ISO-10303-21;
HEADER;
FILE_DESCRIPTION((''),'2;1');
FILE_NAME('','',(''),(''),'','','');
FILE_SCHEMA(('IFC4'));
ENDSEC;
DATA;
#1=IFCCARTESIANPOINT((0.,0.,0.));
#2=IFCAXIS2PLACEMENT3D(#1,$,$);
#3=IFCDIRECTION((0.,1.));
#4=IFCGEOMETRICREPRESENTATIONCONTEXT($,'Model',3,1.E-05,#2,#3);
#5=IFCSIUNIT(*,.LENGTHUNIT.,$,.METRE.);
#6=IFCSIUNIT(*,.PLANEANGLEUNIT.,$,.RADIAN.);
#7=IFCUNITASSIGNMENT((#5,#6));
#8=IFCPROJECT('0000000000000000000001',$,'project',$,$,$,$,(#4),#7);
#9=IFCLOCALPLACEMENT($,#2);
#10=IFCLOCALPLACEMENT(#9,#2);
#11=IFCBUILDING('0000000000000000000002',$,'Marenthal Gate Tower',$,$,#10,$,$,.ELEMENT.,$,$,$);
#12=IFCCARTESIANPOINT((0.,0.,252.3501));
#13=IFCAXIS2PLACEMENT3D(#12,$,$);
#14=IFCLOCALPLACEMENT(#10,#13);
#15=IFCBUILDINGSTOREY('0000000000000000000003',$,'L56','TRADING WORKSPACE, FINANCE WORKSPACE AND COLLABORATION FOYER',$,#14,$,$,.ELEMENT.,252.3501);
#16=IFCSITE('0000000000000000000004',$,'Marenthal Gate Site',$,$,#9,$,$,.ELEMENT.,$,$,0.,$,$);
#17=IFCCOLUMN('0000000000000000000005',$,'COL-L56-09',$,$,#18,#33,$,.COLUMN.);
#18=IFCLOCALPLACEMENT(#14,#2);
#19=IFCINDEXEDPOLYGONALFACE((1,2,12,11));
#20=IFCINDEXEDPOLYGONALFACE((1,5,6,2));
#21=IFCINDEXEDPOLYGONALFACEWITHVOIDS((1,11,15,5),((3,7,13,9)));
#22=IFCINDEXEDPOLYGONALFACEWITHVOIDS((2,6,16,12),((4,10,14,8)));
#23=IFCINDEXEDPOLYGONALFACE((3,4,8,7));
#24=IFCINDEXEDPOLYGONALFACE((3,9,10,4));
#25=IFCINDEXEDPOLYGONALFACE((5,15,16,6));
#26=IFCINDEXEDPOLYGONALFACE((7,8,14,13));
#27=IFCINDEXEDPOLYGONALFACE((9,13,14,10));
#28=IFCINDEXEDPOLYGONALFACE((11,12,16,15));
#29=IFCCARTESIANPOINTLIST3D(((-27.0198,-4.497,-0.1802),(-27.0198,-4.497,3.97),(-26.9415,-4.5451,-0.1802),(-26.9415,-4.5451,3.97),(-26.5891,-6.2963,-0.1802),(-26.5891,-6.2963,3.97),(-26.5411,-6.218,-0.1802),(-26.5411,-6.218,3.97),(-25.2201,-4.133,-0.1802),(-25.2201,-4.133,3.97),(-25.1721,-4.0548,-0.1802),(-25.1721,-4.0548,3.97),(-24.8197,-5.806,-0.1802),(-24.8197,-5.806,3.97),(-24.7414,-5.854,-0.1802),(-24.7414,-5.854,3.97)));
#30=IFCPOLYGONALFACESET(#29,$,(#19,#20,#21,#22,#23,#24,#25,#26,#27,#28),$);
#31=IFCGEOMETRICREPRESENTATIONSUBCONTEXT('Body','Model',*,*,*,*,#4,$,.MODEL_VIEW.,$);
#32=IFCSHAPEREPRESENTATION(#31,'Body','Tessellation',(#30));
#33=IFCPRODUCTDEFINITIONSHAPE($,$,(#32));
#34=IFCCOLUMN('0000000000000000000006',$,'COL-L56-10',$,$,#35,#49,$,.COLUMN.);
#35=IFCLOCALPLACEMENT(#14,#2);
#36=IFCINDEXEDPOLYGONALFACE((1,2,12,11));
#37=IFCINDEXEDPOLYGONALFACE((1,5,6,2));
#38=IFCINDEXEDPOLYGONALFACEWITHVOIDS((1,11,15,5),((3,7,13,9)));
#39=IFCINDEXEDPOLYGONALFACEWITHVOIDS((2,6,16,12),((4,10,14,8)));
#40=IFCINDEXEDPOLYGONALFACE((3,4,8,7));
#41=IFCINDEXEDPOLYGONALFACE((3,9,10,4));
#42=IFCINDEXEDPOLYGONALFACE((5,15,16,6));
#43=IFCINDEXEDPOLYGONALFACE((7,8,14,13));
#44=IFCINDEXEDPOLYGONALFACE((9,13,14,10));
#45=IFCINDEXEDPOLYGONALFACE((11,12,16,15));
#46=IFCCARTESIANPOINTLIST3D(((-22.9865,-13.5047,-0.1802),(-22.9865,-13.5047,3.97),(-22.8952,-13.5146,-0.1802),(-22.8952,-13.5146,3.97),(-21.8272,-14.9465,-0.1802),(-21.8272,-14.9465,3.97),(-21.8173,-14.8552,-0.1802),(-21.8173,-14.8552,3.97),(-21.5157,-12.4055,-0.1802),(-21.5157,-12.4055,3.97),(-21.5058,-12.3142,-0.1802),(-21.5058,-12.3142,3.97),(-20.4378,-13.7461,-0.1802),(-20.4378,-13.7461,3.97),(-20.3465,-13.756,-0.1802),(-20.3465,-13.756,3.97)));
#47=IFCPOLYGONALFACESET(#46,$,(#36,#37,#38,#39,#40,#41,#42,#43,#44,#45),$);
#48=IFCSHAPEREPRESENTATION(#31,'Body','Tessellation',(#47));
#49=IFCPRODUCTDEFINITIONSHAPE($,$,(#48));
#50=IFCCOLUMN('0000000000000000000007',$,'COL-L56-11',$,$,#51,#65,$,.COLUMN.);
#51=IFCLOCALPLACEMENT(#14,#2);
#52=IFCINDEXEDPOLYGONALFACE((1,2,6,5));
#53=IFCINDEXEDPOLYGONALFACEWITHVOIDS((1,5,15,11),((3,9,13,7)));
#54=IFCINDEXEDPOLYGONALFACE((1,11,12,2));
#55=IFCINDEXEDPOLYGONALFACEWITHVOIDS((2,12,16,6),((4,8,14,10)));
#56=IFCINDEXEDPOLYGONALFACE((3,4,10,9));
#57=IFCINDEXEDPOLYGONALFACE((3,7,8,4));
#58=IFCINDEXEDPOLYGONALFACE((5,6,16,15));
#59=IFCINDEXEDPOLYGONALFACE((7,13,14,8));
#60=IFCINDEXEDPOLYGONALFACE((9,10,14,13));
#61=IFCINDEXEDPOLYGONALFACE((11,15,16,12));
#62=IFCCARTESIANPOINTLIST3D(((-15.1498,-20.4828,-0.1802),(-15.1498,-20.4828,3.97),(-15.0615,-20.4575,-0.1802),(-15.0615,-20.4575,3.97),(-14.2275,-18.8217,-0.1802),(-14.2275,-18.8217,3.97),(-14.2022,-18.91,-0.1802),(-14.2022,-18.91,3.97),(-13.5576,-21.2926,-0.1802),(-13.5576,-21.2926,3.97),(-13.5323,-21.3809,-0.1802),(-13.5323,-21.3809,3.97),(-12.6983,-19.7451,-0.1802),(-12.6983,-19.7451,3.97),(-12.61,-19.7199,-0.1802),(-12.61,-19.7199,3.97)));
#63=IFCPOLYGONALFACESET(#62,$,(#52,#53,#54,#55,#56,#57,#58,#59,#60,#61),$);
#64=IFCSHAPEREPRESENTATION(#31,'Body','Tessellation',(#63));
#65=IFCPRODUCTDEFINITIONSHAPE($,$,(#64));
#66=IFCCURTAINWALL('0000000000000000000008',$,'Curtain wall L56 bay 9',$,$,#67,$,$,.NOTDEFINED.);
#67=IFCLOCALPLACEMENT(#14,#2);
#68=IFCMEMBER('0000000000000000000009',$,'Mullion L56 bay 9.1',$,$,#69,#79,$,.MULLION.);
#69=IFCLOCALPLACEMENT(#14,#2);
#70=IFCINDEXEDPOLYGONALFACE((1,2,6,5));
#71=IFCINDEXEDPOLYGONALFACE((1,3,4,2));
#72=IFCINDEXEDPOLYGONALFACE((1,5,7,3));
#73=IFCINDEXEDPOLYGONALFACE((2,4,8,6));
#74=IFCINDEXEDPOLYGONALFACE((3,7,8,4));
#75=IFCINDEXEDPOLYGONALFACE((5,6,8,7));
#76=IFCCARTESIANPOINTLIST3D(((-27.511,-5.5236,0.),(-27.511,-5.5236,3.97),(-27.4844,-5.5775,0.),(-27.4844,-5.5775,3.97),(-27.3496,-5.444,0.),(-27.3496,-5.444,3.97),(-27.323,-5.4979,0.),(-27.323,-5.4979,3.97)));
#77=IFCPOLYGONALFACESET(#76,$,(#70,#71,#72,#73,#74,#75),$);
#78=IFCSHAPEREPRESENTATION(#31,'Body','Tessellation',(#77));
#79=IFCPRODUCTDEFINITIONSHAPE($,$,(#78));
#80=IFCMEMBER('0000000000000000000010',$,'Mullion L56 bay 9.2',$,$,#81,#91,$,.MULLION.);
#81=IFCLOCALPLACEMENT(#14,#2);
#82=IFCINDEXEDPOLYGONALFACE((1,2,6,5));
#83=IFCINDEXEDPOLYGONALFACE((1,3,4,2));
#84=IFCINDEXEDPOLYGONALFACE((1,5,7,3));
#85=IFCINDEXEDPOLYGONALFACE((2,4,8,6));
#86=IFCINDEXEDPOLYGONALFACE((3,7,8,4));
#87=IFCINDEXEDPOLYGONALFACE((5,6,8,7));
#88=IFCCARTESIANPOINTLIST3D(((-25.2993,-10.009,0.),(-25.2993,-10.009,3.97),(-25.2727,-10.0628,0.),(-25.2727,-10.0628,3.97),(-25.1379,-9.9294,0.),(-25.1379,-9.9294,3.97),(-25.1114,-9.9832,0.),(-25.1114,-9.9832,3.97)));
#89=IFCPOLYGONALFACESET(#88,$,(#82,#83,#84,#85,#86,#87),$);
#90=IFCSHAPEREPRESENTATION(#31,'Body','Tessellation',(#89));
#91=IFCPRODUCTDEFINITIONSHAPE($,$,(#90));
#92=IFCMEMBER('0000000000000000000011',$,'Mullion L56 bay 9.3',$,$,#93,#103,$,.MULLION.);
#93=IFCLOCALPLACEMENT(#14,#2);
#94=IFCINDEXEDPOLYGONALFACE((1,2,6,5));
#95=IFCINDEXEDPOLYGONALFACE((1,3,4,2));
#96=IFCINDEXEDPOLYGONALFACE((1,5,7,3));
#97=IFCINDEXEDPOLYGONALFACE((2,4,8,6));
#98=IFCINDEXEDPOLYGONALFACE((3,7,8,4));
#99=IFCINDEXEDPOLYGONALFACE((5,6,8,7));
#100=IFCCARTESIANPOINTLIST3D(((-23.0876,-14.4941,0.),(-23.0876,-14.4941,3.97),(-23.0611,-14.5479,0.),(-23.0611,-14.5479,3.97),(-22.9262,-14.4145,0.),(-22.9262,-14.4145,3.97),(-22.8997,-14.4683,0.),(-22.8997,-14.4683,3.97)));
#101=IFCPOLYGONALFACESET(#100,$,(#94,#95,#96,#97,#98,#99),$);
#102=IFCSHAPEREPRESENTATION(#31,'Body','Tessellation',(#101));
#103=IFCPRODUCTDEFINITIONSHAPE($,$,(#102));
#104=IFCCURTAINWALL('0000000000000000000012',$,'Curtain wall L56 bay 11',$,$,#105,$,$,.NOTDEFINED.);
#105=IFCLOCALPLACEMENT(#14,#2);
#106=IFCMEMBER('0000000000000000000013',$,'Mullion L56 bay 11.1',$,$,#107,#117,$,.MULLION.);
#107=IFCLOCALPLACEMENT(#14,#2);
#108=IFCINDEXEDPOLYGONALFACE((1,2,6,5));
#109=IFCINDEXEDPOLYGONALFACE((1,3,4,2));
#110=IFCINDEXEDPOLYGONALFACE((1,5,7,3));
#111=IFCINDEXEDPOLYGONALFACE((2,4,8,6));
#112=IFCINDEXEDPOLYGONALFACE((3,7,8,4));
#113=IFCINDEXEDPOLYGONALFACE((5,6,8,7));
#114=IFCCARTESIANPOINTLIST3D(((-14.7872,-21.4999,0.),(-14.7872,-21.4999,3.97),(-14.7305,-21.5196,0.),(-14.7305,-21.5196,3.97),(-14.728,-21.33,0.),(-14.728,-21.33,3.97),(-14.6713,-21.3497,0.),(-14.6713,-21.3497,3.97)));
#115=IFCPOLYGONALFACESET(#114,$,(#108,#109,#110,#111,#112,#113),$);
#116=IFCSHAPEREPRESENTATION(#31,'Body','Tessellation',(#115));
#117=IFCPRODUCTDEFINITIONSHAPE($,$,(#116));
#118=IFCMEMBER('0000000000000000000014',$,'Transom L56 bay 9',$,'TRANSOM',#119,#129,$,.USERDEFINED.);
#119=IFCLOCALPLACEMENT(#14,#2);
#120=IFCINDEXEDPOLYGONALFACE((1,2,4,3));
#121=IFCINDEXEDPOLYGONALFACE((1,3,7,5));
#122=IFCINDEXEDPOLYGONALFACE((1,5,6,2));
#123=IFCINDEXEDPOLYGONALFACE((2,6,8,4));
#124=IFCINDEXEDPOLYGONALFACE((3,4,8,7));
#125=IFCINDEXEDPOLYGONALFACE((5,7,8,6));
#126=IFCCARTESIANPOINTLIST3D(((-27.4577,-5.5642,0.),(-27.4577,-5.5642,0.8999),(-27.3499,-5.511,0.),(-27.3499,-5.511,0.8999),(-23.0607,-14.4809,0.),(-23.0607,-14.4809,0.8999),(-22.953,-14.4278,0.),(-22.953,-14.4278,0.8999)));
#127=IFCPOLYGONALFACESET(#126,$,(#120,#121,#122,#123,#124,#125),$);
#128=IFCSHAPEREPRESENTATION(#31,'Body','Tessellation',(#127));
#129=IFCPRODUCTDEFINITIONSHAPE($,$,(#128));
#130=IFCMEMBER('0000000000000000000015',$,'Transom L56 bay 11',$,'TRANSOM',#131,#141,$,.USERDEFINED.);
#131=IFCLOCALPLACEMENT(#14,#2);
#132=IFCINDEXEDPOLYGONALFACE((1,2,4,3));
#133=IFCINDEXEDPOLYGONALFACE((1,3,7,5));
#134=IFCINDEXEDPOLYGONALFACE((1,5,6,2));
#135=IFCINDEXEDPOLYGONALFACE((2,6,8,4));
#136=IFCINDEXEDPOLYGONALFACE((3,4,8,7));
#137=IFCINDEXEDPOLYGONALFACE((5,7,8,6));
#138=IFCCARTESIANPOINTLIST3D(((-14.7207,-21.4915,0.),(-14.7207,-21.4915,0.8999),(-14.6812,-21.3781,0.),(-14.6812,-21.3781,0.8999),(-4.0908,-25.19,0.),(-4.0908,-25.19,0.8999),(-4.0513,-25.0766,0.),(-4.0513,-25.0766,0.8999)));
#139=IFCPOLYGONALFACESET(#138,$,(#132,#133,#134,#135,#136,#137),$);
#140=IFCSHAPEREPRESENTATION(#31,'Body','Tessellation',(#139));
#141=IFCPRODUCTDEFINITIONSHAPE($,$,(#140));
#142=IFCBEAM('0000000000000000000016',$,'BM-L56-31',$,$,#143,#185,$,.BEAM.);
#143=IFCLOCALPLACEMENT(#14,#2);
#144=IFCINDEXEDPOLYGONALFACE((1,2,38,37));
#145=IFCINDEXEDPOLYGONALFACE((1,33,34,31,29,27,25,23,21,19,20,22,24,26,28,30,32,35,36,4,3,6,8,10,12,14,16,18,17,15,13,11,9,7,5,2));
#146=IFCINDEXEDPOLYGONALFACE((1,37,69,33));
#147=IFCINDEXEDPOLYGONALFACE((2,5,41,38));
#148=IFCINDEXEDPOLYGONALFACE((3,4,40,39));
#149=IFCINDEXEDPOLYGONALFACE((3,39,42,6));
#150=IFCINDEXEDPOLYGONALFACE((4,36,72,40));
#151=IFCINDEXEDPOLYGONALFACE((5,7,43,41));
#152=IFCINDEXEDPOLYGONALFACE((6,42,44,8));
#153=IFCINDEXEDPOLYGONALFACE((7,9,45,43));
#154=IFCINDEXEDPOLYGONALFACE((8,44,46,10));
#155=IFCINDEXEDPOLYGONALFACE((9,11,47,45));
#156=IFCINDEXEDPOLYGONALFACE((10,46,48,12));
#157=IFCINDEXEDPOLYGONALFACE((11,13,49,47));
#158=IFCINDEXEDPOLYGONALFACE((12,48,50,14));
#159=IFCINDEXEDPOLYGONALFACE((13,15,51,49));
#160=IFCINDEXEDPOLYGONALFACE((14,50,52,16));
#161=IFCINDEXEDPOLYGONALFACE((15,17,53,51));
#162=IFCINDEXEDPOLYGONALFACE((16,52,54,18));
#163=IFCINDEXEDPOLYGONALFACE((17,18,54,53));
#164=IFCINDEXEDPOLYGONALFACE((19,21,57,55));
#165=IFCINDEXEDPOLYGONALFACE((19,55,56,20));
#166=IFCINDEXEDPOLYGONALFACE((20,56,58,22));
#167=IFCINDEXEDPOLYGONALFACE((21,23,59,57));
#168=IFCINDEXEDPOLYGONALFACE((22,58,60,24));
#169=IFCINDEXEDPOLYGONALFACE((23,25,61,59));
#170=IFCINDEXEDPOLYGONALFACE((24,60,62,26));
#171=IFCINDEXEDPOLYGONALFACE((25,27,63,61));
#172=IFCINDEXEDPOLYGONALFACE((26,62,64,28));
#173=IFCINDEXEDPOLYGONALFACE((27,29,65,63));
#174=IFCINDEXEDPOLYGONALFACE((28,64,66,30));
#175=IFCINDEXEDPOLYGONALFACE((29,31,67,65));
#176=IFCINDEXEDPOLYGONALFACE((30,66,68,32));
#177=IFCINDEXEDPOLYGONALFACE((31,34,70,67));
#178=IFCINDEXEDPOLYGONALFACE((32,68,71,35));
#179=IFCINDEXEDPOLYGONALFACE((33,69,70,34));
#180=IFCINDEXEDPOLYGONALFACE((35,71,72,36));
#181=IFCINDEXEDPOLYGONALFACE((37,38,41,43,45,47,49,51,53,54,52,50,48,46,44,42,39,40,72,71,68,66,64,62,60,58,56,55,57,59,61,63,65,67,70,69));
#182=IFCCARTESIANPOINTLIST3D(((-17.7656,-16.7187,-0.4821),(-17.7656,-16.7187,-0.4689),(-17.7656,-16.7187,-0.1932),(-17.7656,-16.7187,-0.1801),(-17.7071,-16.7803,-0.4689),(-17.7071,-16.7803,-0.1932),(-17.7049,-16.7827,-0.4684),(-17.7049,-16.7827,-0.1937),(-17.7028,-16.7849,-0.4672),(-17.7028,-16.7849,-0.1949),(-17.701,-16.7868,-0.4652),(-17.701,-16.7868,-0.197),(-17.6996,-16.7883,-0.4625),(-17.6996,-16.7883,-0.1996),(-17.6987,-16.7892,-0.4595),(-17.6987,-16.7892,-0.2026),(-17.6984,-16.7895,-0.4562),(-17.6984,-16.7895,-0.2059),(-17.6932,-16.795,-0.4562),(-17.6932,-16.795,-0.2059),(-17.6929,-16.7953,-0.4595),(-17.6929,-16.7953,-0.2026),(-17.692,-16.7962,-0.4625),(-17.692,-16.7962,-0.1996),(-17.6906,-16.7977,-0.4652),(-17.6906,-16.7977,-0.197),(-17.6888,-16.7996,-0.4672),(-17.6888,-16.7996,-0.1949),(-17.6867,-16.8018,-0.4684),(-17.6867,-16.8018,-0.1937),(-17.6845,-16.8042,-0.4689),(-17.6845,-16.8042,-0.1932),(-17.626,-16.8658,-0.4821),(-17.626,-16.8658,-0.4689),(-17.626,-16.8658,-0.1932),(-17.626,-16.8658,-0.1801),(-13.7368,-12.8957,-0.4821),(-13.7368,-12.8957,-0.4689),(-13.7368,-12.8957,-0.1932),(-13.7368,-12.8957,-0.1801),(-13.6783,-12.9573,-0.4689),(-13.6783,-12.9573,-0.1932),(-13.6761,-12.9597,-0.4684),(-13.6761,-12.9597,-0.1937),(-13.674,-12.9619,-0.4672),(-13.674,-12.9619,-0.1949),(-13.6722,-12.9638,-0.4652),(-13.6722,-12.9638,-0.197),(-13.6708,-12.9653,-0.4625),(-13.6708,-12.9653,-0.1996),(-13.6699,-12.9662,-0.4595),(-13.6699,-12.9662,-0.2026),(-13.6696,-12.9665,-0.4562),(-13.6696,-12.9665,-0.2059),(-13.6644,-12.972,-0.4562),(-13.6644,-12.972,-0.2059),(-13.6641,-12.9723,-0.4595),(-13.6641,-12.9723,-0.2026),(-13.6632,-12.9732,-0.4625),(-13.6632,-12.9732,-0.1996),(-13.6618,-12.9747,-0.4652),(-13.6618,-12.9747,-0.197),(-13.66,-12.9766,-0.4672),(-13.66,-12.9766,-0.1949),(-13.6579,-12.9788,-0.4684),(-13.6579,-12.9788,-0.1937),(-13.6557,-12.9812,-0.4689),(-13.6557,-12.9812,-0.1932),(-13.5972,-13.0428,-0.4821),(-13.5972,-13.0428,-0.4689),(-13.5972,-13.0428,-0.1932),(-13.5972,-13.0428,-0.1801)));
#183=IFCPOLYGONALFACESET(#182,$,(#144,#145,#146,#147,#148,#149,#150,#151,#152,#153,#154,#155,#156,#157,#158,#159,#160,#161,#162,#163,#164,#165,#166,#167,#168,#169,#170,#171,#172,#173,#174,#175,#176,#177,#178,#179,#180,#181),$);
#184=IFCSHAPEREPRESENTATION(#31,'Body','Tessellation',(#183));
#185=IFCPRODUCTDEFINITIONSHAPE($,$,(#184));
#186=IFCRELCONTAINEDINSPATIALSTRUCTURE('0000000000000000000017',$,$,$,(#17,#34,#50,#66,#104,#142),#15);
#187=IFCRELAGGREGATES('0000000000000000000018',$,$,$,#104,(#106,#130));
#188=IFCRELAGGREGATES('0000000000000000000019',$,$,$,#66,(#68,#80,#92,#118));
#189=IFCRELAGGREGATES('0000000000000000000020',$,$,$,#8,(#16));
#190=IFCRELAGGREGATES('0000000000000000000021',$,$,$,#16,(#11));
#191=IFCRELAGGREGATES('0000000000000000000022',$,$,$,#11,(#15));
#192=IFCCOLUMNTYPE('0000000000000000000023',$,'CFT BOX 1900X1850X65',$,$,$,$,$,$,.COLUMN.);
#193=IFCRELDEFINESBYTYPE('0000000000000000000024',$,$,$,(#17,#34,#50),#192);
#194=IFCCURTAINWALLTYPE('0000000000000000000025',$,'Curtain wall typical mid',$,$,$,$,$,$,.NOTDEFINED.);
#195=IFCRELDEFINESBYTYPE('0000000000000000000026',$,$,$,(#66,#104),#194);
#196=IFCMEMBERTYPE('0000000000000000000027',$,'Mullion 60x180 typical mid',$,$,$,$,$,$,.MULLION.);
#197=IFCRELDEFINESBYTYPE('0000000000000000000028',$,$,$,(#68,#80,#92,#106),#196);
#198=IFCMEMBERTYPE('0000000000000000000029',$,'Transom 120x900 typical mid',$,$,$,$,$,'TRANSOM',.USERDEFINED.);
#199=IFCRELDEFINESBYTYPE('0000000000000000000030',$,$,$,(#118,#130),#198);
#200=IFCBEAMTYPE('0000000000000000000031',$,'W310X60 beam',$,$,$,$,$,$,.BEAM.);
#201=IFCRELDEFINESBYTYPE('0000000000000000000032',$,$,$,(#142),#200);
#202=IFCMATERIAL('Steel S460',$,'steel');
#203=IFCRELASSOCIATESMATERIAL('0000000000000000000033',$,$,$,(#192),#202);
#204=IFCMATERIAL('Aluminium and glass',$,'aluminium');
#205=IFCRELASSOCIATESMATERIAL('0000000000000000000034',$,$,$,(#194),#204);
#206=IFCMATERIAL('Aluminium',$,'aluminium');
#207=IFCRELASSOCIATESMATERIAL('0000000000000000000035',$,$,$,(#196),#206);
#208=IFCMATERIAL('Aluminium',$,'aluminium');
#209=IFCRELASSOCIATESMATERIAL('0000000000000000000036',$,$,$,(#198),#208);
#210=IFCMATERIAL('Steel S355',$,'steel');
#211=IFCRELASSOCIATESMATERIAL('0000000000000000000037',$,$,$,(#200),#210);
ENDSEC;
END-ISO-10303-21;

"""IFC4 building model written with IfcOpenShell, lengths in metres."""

from ifc_helpers import new_model, si_unit, direction, frame, origin, origin_2d, place, context, subcontext, project, spatial, rectangle, hollow_rectangle, i_section, extrude, material, material_profile, profile_set, type_object, element, aggregate, save


model = new_model("IFC4")

# Units and contexts
model_context = context("Model", 3, precision=1e-05, world=origin(), true_north=direction((0.0, 1.0)))
body_context = subcontext(model_context, "Body", "Model", "MODEL_VIEW")
ifc_project = project(units=[si_unit("LENGTHUNIT", "METRE"), si_unit("PLANEANGLEUNIT", "RADIAN")], contexts=[model_context])

# Site, building, storey
site_placement = place(None, origin())
site = spatial("IfcSite", under=ifc_project, at=site_placement, Name="Marenthal Gate Site", CompositionType="ELEMENT", RefElevation=0.0)
building_placement = place(site_placement, origin())
building = spatial("IfcBuilding", under=site, at=building_placement, Name="Marenthal Gate Tower", CompositionType="ELEMENT")
storey_placement = place(building_placement, frame((0.0, 0.0, 252.3501)))
storey = spatial("IfcBuildingStorey", under=building, at=storey_placement, Name="L56", Description="TRADING WORKSPACE, FINANCE WORKSPACE AND COLLABORATION FOYER", CompositionType="ELEMENT", Elevation=252.3501)

# Columns
ifc_material_1 = material(Name="Steel S460", Category="steel")
ifc_material_profile_1 = material_profile(ifc_material_1, hollow_rectangle(XDim=1.8501, YDim=1.8999, WallThickness=0.0649, at=origin_2d()), Name="CFT BOX 1900X1850X65")
ifc_material_2 = material(Name="Concrete 70 MPa", Category="concrete")
ifc_material_profile_2 = material_profile(ifc_material_2, rectangle(XDim=1.72, YDim=1.77, at=origin_2d()), Name="CFT BOX 1900X1850X65 INFILL")
ifc_profile_set_1 = profile_set([ifc_material_profile_1, ifc_material_profile_2], Name="Steel S460 shell, Concrete 70 MPa infill")
column_type = type_object("IfcColumnType", Name="CFT BOX 1900X1850X65", PredefinedType="COLUMN", material=ifc_profile_set_1)
for number, where, z_axis, x_axis, name in (
    (1, (-25.8806, -5.1755, -0.1802), (0.0, 0.0, 1.0), (-0.232783, 0.972529, 0.0), "COL-L56-09"),
    (2, (-21.6665, -13.6304, -0.1802), (0.0, 0.0, 1.0), (-0.626615, 0.779329, 0.0), "COL-L56-10"),
    (3, (-13.8799, -20.1013, -0.1802), (0.0, 0.0, 1.0), (-0.874262, 0.485454, 0.0), "COL-L56-11"),
):
    element("IfcColumn", number, at=place(storey_placement, frame(where, z_axis=z_axis, x_axis=x_axis)), inside=storey, type_object=column_type, Name=name, PredefinedType="COLUMN", context=body_context, shape_type="SweptSolid", body=[
        extrude(hollow_rectangle(XDim=1.8501, YDim=1.8999, WallThickness=0.0649, at=origin_2d()), origin(), (0.0, 0.0, 1.0), 4.1501),
    ])

# Curtain wall, members
ifc_material_3 = material(Name="Aluminium and glass", Category="aluminium")
curtain_wall_type = type_object("IfcCurtainWallType", Name="Curtain wall typical mid", PredefinedType="NOTDEFINED", material=ifc_material_3)
curtain_wall_1_placement = place(storey_placement, origin())
curtain_wall_1 = element("IfcCurtainWall", 4, at=curtain_wall_1_placement, inside=storey, type_object=curtain_wall_type, Name="Curtain wall L56 bay 9", PredefinedType="NOTDEFINED")
ifc_material_4 = material(Name="Aluminium", Category="aluminium")
ifc_material_profile_3 = material_profile(ifc_material_4, rectangle(XDim=0.1799, YDim=0.0601, at=origin_2d()), Name="60x180 aluminium mullion")
ifc_profile_set_2 = profile_set([ifc_material_profile_3], Name="Aluminium")
member_type_1 = type_object("IfcMemberType", Name="Mullion 60x180 typical mid", PredefinedType="MULLION", material=ifc_profile_set_2)
member_1_placement = place(storey_placement, frame((-27.417, -5.5107, 0.0), z_axis=(0.0, 0.0, 1.0), x_axis=(0.896882, 0.442269, 0.0)))
member_1 = element("IfcMember", 5, at=member_1_placement, type_object=member_type_1, Name="Mullion L56 bay 9.1", PredefinedType="MULLION", context=body_context, shape_type="SweptSolid", body=[
    extrude(rectangle(XDim=0.1799, YDim=0.0601, at=origin_2d()), origin(), (0.0, 0.0, 1.0), 3.97),
])
member_2_placement = place(storey_placement, frame((-25.2053, -9.9961, 0.0), z_axis=(0.0, 0.0, 1.0), x_axis=(0.896882, 0.442269, 0.0)))
member_2 = element("IfcMember", 6, at=member_2_placement, type_object=member_type_1, Name="Mullion L56 bay 9.2", PredefinedType="MULLION", context=body_context, shape_type="SweptSolid", body=[
    extrude(rectangle(XDim=0.1799, YDim=0.0601, at=origin_2d()), origin(), (0.0, 0.0, 1.0), 3.97),
])
member_3_placement = place(storey_placement, frame((-22.9937, -14.4812, 0.0), z_axis=(0.0, 0.0, 1.0), x_axis=(0.896882, 0.442269, 0.0)))
member_3 = element("IfcMember", 7, at=member_3_placement, type_object=member_type_1, Name="Mullion L56 bay 9.3", PredefinedType="MULLION", context=body_context, shape_type="SweptSolid", body=[
    extrude(rectangle(XDim=0.1799, YDim=0.0601, at=origin_2d()), origin(), (0.0, 0.0, 1.0), 3.97),
])

# Curtain wall, member
curtain_wall_2_placement = place(storey_placement, origin())
curtain_wall_2 = element("IfcCurtainWall", 8, at=curtain_wall_2_placement, inside=storey, type_object=curtain_wall_type, Name="Curtain wall L56 bay 11", PredefinedType="NOTDEFINED")
member_4_placement = place(storey_placement, frame((-14.7292, -21.4248, 0.0), z_axis=(0.0, 0.0, 1.0), x_axis=(0.328612, 0.944465, 0.0)))
member_4 = element("IfcMember", 9, at=member_4_placement, type_object=member_type_1, Name="Mullion L56 bay 11.1", PredefinedType="MULLION", context=body_context, shape_type="SweptSolid", body=[
    extrude(rectangle(XDim=0.1799, YDim=0.0601, at=origin_2d()), origin(), (0.0, 0.0, 1.0), 3.97),
])

# Members
ifc_material_5 = material(Name="Aluminium", Category="aluminium")
ifc_material_profile_4 = material_profile(ifc_material_5, rectangle(XDim=0.1201, YDim=0.8999, at=origin_2d()), Name="120x900 aluminium transom")
ifc_profile_set_3 = profile_set([ifc_material_profile_4], Name="Aluminium")
member_type_2 = type_object("IfcMemberType", Name="Transom 120x900 typical mid", ElementType="TRANSOM", PredefinedType="USERDEFINED", material=ifc_profile_set_3)
member_5_placement = place(storey_placement, frame((-27.4038, -5.5376, 0.45), z_axis=(0.442266, -0.896884, 0.0), x_axis=(0.896884, 0.442266, 0.0)))
member_5 = element("IfcMember", 10, at=member_5_placement, type_object=member_type_2, Name="Transom L56 bay 9", ObjectType="TRANSOM", PredefinedType="USERDEFINED", context=body_context, shape_type="SweptSolid", body=[
    extrude(rectangle(XDim=0.1201, YDim=0.8999, at=origin_2d()), origin(), (0.0, 0.0, 1.0), 9.9419),
])
member_6_placement = place(storey_placement, frame((-14.7009, -21.4348, 0.45), z_axis=(0.944465, -0.328611, 0.0), x_axis=(0.328611, 0.944465, 0.0)))
member_6 = element("IfcMember", 11, at=member_6_placement, type_object=member_type_2, Name="Transom L56 bay 11", ObjectType="TRANSOM", PredefinedType="USERDEFINED", context=body_context, shape_type="SweptSolid", body=[
    extrude(rectangle(XDim=0.1201, YDim=0.8999, at=origin_2d()), origin(), (0.0, 0.0, 1.0), 11.2549),
])
aggregate(curtain_wall_2, [member_4, member_6])

# Beam
ifc_material_6 = material(Name="Steel S355", Category="steel")
ifc_material_profile_5 = material_profile(ifc_material_6, i_section(OverallWidth=0.2029, OverallDepth=0.302, WebThickness=0.0076, FlangeThickness=0.0132, FilletRadius=0.0127, at=origin_2d()), Name="W310X60")
ifc_profile_set_4 = profile_set([ifc_material_profile_5], Name="Steel S355")
beam_type_1 = type_object("IfcBeamType", Name="W310X60 beam", PredefinedType="BEAM", material=ifc_profile_set_4)
beam_1_placement = place(storey_placement, frame((-17.6958, -16.7922, -0.3311), z_axis=(0.725392, 0.688336, 0.0), x_axis=(-0.688336, 0.725392, 0.0)))
element("IfcBeam", 12, at=beam_1_placement, inside=storey, type_object=beam_type_1, Name="BM-L56-31", PredefinedType="BEAM", context=body_context, shape_type="SweptSolid", body=[
    extrude(i_section(OverallWidth=0.2029, OverallDepth=0.302, WebThickness=0.0076, FlangeThickness=0.0132, FilletRadius=0.0127, at=origin_2d()), origin(), (0.0, 0.0, 1.0), 5.554),
])

aggregate(curtain_wall_1, [member_1, member_2, member_3, member_5])

save(model, "model.ifc")
